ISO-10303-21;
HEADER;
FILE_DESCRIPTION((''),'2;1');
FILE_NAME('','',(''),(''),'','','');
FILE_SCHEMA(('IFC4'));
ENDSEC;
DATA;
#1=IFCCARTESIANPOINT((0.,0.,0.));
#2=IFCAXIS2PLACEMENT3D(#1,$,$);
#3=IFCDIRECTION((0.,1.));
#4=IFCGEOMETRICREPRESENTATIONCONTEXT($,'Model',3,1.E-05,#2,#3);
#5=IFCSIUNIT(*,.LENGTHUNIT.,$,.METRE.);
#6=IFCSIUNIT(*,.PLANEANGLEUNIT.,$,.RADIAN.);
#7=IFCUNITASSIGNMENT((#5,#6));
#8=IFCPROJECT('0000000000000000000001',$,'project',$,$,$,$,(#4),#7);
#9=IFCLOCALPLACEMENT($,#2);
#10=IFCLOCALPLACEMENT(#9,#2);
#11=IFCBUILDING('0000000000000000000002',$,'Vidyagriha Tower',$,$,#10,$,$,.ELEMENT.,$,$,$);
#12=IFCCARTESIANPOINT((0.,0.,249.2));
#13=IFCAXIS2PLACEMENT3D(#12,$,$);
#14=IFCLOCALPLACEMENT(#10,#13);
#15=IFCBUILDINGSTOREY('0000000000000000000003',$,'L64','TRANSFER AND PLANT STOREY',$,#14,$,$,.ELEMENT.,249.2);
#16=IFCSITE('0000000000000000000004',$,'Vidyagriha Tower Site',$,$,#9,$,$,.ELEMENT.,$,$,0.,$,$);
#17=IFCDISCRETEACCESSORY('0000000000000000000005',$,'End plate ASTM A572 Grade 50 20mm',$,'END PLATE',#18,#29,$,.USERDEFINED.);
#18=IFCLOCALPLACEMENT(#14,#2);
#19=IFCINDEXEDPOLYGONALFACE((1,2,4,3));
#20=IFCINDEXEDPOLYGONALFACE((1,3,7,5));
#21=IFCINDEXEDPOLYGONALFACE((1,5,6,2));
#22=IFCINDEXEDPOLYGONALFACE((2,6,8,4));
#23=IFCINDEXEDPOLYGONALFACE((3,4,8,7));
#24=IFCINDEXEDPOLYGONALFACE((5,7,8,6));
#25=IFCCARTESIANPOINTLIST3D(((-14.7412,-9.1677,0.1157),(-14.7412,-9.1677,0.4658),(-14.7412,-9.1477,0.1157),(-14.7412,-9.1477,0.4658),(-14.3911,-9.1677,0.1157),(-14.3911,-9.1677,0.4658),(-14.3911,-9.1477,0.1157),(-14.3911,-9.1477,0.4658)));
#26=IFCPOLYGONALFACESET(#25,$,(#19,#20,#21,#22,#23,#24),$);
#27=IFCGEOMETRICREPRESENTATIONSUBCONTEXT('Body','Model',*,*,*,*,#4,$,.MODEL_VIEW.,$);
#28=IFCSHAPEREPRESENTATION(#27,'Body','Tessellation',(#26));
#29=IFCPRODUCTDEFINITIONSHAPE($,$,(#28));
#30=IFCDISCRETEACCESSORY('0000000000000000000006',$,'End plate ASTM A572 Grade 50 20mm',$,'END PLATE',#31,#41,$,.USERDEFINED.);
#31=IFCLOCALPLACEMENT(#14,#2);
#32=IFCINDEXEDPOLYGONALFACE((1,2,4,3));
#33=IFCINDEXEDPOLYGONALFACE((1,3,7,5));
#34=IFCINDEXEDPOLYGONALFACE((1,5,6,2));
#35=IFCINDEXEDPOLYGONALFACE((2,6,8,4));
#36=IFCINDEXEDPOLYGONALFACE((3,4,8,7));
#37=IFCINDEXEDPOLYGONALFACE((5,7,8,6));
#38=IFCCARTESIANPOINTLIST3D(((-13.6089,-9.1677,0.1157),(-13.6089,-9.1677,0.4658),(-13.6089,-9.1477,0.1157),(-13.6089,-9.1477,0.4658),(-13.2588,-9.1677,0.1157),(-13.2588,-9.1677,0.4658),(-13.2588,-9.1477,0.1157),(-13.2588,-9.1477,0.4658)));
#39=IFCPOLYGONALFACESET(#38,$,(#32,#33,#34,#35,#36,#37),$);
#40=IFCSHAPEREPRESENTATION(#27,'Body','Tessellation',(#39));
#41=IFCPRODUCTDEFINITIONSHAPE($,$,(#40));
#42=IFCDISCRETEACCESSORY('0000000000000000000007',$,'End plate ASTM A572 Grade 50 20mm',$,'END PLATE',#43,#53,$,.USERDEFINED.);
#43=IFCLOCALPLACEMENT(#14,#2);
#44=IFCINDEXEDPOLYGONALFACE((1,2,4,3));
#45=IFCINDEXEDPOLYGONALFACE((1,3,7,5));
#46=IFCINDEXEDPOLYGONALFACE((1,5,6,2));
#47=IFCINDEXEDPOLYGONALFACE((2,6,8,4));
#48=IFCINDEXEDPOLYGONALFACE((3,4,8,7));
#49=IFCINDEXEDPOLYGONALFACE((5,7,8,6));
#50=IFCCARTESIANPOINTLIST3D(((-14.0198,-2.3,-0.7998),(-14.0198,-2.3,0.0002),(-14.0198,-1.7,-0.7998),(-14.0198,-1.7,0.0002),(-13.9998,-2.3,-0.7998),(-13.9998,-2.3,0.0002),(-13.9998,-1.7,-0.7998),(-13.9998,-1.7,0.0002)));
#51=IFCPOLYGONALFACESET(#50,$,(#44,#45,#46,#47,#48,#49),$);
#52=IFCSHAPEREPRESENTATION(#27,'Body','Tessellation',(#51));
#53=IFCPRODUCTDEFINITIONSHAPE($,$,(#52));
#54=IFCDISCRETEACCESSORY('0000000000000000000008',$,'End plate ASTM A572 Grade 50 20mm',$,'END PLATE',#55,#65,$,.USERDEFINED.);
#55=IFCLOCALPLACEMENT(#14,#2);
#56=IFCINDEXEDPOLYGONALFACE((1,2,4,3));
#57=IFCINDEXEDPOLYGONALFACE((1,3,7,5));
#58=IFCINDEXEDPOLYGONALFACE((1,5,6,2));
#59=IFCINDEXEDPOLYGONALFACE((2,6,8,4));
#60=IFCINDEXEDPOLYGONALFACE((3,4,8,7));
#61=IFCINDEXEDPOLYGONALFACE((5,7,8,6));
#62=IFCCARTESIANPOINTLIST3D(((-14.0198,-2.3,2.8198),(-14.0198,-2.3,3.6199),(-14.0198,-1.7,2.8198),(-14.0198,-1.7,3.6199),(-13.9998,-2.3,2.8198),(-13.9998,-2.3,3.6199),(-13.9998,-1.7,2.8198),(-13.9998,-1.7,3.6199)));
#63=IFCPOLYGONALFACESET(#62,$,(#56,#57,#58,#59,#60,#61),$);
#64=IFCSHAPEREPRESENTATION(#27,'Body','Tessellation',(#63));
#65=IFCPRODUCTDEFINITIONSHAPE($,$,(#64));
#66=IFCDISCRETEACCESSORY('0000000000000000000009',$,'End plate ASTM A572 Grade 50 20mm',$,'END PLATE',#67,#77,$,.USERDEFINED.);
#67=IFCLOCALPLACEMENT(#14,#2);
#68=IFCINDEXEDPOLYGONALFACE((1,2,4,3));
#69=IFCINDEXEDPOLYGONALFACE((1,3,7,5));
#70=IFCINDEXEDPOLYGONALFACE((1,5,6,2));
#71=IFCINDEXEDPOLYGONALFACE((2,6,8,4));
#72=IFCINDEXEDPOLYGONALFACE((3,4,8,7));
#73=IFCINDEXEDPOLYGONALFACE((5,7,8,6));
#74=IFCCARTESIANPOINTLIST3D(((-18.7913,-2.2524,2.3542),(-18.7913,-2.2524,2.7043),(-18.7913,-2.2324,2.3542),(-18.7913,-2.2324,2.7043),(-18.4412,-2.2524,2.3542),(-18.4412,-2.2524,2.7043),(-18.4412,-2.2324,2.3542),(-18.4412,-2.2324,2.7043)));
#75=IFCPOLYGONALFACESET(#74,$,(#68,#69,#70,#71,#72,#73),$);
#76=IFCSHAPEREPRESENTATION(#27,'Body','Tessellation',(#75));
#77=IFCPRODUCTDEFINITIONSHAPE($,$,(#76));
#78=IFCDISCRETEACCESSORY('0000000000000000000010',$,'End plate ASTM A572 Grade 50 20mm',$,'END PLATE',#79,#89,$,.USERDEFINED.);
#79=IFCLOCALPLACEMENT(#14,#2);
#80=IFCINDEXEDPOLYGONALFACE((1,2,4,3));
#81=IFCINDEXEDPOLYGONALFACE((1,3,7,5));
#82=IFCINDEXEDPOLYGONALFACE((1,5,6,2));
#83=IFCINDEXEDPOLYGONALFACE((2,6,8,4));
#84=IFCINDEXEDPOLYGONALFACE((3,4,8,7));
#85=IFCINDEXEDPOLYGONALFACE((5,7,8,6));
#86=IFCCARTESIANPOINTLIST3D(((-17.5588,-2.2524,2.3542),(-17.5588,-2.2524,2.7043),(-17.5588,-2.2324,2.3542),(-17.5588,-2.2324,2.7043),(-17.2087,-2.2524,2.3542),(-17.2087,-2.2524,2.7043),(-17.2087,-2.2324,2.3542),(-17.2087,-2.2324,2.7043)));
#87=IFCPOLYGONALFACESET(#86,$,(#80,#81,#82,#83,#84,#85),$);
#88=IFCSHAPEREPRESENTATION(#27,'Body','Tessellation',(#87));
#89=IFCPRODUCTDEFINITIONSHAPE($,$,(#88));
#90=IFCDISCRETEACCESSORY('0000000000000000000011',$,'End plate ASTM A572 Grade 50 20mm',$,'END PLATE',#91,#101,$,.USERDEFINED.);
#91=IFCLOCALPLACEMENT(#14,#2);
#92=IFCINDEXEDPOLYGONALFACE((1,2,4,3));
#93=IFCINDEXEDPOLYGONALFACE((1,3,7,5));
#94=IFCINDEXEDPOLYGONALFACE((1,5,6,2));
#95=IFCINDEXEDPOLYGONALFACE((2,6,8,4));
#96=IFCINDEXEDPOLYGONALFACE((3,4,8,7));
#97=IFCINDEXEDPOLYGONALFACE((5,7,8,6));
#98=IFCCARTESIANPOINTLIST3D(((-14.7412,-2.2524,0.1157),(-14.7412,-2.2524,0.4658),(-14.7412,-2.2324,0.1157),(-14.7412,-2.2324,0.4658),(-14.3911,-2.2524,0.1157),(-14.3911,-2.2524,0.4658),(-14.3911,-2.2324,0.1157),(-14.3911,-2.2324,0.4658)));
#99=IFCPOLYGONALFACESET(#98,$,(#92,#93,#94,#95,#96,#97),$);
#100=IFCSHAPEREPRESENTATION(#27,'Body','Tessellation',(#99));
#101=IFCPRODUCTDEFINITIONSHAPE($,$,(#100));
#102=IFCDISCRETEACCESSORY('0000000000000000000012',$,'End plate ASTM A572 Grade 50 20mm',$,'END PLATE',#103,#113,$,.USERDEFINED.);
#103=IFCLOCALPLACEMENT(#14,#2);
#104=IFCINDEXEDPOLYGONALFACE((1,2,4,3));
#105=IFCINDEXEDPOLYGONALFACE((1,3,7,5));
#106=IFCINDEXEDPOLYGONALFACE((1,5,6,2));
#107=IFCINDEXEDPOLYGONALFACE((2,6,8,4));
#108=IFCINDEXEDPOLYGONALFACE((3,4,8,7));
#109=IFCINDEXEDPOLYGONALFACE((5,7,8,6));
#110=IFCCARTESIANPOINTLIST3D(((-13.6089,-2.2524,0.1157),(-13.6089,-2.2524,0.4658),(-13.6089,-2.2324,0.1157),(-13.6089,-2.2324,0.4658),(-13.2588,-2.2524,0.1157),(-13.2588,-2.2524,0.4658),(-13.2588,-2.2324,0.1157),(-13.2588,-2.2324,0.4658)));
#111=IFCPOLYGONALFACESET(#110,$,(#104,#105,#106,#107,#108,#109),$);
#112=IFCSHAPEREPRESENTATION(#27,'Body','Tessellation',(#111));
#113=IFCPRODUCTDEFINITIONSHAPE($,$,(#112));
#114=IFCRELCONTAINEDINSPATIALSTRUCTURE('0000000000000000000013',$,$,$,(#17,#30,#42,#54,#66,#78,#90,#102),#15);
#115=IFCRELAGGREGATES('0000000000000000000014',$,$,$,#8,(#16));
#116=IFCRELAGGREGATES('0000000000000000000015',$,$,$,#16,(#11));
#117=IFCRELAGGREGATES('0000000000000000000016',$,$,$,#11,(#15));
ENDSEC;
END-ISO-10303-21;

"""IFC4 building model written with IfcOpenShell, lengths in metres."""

from ifc_helpers import new_model, si_unit, direction, frame, origin, origin_2d, place, context, subcontext, project, spatial, rectangle, extrude, element, save


model = new_model("IFC4")

# Units and contexts
model_context = context("Model", 3, precision=1e-05, world=origin(), true_north=direction((0.0, 1.0)))
body_context = subcontext(model_context, "Body", "Model", "MODEL_VIEW")
ifc_project = project(units=[si_unit("LENGTHUNIT", "METRE"), si_unit("PLANEANGLEUNIT", "RADIAN")], contexts=[model_context])

# Site, building, storey
site_placement = place(None, origin())
site = spatial("IfcSite", under=ifc_project, at=site_placement, Name="Vidyagriha Tower Site", CompositionType="ELEMENT", RefElevation=0.0)
building_placement = place(site_placement, origin())
building = spatial("IfcBuilding", under=site, at=building_placement, Name="Vidyagriha Tower", CompositionType="ELEMENT")
storey_placement = place(building_placement, frame((0.0, 0.0, 249.2)))
storey = spatial("IfcBuildingStorey", under=building, at=storey_placement, Name="L64", Description="TRANSFER AND PLANT STOREY", CompositionType="ELEMENT", Elevation=249.2)

# Discrete accessories
discrete_accessory_1_placement = place(storey_placement, frame((-14.5662, -9.1577, 0.1157)))
element("IfcDiscreteAccessory", 1, at=discrete_accessory_1_placement, inside=storey, Name="End plate ASTM A572 Grade 50 20mm", ObjectType="END PLATE", PredefinedType="USERDEFINED", context=body_context, shape_type="SweptSolid", body=[
    extrude(rectangle(XDim=0.3501, YDim=0.02, at=origin_2d()), origin(), (0.0, 0.0, 1.0), 0.3501),
])
discrete_accessory_2_placement = place(storey_placement, frame((-13.4338, -9.1577, 0.1157), z_axis=(0.0, 0.0, 1.0), x_axis=(-1.0, 0.0, 0.0)))
element("IfcDiscreteAccessory", 2, at=discrete_accessory_2_placement, inside=storey, Name="End plate ASTM A572 Grade 50 20mm", ObjectType="END PLATE", PredefinedType="USERDEFINED", context=body_context, shape_type="SweptSolid", body=[
    extrude(rectangle(XDim=0.3501, YDim=0.02, at=origin_2d()), origin(), (0.0, 0.0, 1.0), 0.3501),
])
for number, where, name in (
    (3, (-14.0098, -2.0, -0.7998), "End plate ASTM A572 Grade 50 20mm"),
    (4, (-14.0098, -2.0, 2.8198), "End plate ASTM A572 Grade 50 20mm"),
):
    element("IfcDiscreteAccessory", number, at=place(storey_placement, frame(where)), inside=storey, Name=name, ObjectType="END PLATE", PredefinedType="USERDEFINED", context=body_context, shape_type="SweptSolid", body=[
        extrude(rectangle(XDim=0.02, YDim=0.6001, at=origin_2d()), origin(), (0.0, 0.0, 1.0), 0.8),
    ])
discrete_accessory_3_placement = place(storey_placement, frame((-18.6162, -2.2424, 2.3542)))
element("IfcDiscreteAccessory", 5, at=discrete_accessory_3_placement, inside=storey, Name="End plate ASTM A572 Grade 50 20mm", ObjectType="END PLATE", PredefinedType="USERDEFINED", context=body_context, shape_type="SweptSolid", body=[
    extrude(rectangle(XDim=0.3501, YDim=0.02, at=origin_2d()), origin(), (0.0, 0.0, 1.0), 0.3501),
])
discrete_accessory_4_placement = place(storey_placement, frame((-17.3838, -2.2424, 2.3542), z_axis=(0.0, 0.0, 1.0), x_axis=(-1.0, 0.0, 0.0)))
element("IfcDiscreteAccessory", 6, at=discrete_accessory_4_placement, inside=storey, Name="End plate ASTM A572 Grade 50 20mm", ObjectType="END PLATE", PredefinedType="USERDEFINED", context=body_context, shape_type="SweptSolid", body=[
    extrude(rectangle(XDim=0.3501, YDim=0.02, at=origin_2d()), origin(), (0.0, 0.0, 1.0), 0.3501),
])
discrete_accessory_5_placement = place(storey_placement, frame((-14.5662, -2.2424, 0.1157)))
element("IfcDiscreteAccessory", 7, at=discrete_accessory_5_placement, inside=storey, Name="End plate ASTM A572 Grade 50 20mm", ObjectType="END PLATE", PredefinedType="USERDEFINED", context=body_context, shape_type="SweptSolid", body=[
    extrude(rectangle(XDim=0.3501, YDim=0.02, at=origin_2d()), origin(), (0.0, 0.0, 1.0), 0.3501),
])
discrete_accessory_6_placement = place(storey_placement, frame((-13.4338, -2.2424, 0.1157), z_axis=(0.0, 0.0, 1.0), x_axis=(-1.0, 0.0, 0.0)))
element("IfcDiscreteAccessory", 8, at=discrete_accessory_6_placement, inside=storey, Name="End plate ASTM A572 Grade 50 20mm", ObjectType="END PLATE", PredefinedType="USERDEFINED", context=body_context, shape_type="SweptSolid", body=[
    extrude(rectangle(XDim=0.3501, YDim=0.02, at=origin_2d()), origin(), (0.0, 0.0, 1.0), 0.3501),
])

save(model, "model.ifc")
